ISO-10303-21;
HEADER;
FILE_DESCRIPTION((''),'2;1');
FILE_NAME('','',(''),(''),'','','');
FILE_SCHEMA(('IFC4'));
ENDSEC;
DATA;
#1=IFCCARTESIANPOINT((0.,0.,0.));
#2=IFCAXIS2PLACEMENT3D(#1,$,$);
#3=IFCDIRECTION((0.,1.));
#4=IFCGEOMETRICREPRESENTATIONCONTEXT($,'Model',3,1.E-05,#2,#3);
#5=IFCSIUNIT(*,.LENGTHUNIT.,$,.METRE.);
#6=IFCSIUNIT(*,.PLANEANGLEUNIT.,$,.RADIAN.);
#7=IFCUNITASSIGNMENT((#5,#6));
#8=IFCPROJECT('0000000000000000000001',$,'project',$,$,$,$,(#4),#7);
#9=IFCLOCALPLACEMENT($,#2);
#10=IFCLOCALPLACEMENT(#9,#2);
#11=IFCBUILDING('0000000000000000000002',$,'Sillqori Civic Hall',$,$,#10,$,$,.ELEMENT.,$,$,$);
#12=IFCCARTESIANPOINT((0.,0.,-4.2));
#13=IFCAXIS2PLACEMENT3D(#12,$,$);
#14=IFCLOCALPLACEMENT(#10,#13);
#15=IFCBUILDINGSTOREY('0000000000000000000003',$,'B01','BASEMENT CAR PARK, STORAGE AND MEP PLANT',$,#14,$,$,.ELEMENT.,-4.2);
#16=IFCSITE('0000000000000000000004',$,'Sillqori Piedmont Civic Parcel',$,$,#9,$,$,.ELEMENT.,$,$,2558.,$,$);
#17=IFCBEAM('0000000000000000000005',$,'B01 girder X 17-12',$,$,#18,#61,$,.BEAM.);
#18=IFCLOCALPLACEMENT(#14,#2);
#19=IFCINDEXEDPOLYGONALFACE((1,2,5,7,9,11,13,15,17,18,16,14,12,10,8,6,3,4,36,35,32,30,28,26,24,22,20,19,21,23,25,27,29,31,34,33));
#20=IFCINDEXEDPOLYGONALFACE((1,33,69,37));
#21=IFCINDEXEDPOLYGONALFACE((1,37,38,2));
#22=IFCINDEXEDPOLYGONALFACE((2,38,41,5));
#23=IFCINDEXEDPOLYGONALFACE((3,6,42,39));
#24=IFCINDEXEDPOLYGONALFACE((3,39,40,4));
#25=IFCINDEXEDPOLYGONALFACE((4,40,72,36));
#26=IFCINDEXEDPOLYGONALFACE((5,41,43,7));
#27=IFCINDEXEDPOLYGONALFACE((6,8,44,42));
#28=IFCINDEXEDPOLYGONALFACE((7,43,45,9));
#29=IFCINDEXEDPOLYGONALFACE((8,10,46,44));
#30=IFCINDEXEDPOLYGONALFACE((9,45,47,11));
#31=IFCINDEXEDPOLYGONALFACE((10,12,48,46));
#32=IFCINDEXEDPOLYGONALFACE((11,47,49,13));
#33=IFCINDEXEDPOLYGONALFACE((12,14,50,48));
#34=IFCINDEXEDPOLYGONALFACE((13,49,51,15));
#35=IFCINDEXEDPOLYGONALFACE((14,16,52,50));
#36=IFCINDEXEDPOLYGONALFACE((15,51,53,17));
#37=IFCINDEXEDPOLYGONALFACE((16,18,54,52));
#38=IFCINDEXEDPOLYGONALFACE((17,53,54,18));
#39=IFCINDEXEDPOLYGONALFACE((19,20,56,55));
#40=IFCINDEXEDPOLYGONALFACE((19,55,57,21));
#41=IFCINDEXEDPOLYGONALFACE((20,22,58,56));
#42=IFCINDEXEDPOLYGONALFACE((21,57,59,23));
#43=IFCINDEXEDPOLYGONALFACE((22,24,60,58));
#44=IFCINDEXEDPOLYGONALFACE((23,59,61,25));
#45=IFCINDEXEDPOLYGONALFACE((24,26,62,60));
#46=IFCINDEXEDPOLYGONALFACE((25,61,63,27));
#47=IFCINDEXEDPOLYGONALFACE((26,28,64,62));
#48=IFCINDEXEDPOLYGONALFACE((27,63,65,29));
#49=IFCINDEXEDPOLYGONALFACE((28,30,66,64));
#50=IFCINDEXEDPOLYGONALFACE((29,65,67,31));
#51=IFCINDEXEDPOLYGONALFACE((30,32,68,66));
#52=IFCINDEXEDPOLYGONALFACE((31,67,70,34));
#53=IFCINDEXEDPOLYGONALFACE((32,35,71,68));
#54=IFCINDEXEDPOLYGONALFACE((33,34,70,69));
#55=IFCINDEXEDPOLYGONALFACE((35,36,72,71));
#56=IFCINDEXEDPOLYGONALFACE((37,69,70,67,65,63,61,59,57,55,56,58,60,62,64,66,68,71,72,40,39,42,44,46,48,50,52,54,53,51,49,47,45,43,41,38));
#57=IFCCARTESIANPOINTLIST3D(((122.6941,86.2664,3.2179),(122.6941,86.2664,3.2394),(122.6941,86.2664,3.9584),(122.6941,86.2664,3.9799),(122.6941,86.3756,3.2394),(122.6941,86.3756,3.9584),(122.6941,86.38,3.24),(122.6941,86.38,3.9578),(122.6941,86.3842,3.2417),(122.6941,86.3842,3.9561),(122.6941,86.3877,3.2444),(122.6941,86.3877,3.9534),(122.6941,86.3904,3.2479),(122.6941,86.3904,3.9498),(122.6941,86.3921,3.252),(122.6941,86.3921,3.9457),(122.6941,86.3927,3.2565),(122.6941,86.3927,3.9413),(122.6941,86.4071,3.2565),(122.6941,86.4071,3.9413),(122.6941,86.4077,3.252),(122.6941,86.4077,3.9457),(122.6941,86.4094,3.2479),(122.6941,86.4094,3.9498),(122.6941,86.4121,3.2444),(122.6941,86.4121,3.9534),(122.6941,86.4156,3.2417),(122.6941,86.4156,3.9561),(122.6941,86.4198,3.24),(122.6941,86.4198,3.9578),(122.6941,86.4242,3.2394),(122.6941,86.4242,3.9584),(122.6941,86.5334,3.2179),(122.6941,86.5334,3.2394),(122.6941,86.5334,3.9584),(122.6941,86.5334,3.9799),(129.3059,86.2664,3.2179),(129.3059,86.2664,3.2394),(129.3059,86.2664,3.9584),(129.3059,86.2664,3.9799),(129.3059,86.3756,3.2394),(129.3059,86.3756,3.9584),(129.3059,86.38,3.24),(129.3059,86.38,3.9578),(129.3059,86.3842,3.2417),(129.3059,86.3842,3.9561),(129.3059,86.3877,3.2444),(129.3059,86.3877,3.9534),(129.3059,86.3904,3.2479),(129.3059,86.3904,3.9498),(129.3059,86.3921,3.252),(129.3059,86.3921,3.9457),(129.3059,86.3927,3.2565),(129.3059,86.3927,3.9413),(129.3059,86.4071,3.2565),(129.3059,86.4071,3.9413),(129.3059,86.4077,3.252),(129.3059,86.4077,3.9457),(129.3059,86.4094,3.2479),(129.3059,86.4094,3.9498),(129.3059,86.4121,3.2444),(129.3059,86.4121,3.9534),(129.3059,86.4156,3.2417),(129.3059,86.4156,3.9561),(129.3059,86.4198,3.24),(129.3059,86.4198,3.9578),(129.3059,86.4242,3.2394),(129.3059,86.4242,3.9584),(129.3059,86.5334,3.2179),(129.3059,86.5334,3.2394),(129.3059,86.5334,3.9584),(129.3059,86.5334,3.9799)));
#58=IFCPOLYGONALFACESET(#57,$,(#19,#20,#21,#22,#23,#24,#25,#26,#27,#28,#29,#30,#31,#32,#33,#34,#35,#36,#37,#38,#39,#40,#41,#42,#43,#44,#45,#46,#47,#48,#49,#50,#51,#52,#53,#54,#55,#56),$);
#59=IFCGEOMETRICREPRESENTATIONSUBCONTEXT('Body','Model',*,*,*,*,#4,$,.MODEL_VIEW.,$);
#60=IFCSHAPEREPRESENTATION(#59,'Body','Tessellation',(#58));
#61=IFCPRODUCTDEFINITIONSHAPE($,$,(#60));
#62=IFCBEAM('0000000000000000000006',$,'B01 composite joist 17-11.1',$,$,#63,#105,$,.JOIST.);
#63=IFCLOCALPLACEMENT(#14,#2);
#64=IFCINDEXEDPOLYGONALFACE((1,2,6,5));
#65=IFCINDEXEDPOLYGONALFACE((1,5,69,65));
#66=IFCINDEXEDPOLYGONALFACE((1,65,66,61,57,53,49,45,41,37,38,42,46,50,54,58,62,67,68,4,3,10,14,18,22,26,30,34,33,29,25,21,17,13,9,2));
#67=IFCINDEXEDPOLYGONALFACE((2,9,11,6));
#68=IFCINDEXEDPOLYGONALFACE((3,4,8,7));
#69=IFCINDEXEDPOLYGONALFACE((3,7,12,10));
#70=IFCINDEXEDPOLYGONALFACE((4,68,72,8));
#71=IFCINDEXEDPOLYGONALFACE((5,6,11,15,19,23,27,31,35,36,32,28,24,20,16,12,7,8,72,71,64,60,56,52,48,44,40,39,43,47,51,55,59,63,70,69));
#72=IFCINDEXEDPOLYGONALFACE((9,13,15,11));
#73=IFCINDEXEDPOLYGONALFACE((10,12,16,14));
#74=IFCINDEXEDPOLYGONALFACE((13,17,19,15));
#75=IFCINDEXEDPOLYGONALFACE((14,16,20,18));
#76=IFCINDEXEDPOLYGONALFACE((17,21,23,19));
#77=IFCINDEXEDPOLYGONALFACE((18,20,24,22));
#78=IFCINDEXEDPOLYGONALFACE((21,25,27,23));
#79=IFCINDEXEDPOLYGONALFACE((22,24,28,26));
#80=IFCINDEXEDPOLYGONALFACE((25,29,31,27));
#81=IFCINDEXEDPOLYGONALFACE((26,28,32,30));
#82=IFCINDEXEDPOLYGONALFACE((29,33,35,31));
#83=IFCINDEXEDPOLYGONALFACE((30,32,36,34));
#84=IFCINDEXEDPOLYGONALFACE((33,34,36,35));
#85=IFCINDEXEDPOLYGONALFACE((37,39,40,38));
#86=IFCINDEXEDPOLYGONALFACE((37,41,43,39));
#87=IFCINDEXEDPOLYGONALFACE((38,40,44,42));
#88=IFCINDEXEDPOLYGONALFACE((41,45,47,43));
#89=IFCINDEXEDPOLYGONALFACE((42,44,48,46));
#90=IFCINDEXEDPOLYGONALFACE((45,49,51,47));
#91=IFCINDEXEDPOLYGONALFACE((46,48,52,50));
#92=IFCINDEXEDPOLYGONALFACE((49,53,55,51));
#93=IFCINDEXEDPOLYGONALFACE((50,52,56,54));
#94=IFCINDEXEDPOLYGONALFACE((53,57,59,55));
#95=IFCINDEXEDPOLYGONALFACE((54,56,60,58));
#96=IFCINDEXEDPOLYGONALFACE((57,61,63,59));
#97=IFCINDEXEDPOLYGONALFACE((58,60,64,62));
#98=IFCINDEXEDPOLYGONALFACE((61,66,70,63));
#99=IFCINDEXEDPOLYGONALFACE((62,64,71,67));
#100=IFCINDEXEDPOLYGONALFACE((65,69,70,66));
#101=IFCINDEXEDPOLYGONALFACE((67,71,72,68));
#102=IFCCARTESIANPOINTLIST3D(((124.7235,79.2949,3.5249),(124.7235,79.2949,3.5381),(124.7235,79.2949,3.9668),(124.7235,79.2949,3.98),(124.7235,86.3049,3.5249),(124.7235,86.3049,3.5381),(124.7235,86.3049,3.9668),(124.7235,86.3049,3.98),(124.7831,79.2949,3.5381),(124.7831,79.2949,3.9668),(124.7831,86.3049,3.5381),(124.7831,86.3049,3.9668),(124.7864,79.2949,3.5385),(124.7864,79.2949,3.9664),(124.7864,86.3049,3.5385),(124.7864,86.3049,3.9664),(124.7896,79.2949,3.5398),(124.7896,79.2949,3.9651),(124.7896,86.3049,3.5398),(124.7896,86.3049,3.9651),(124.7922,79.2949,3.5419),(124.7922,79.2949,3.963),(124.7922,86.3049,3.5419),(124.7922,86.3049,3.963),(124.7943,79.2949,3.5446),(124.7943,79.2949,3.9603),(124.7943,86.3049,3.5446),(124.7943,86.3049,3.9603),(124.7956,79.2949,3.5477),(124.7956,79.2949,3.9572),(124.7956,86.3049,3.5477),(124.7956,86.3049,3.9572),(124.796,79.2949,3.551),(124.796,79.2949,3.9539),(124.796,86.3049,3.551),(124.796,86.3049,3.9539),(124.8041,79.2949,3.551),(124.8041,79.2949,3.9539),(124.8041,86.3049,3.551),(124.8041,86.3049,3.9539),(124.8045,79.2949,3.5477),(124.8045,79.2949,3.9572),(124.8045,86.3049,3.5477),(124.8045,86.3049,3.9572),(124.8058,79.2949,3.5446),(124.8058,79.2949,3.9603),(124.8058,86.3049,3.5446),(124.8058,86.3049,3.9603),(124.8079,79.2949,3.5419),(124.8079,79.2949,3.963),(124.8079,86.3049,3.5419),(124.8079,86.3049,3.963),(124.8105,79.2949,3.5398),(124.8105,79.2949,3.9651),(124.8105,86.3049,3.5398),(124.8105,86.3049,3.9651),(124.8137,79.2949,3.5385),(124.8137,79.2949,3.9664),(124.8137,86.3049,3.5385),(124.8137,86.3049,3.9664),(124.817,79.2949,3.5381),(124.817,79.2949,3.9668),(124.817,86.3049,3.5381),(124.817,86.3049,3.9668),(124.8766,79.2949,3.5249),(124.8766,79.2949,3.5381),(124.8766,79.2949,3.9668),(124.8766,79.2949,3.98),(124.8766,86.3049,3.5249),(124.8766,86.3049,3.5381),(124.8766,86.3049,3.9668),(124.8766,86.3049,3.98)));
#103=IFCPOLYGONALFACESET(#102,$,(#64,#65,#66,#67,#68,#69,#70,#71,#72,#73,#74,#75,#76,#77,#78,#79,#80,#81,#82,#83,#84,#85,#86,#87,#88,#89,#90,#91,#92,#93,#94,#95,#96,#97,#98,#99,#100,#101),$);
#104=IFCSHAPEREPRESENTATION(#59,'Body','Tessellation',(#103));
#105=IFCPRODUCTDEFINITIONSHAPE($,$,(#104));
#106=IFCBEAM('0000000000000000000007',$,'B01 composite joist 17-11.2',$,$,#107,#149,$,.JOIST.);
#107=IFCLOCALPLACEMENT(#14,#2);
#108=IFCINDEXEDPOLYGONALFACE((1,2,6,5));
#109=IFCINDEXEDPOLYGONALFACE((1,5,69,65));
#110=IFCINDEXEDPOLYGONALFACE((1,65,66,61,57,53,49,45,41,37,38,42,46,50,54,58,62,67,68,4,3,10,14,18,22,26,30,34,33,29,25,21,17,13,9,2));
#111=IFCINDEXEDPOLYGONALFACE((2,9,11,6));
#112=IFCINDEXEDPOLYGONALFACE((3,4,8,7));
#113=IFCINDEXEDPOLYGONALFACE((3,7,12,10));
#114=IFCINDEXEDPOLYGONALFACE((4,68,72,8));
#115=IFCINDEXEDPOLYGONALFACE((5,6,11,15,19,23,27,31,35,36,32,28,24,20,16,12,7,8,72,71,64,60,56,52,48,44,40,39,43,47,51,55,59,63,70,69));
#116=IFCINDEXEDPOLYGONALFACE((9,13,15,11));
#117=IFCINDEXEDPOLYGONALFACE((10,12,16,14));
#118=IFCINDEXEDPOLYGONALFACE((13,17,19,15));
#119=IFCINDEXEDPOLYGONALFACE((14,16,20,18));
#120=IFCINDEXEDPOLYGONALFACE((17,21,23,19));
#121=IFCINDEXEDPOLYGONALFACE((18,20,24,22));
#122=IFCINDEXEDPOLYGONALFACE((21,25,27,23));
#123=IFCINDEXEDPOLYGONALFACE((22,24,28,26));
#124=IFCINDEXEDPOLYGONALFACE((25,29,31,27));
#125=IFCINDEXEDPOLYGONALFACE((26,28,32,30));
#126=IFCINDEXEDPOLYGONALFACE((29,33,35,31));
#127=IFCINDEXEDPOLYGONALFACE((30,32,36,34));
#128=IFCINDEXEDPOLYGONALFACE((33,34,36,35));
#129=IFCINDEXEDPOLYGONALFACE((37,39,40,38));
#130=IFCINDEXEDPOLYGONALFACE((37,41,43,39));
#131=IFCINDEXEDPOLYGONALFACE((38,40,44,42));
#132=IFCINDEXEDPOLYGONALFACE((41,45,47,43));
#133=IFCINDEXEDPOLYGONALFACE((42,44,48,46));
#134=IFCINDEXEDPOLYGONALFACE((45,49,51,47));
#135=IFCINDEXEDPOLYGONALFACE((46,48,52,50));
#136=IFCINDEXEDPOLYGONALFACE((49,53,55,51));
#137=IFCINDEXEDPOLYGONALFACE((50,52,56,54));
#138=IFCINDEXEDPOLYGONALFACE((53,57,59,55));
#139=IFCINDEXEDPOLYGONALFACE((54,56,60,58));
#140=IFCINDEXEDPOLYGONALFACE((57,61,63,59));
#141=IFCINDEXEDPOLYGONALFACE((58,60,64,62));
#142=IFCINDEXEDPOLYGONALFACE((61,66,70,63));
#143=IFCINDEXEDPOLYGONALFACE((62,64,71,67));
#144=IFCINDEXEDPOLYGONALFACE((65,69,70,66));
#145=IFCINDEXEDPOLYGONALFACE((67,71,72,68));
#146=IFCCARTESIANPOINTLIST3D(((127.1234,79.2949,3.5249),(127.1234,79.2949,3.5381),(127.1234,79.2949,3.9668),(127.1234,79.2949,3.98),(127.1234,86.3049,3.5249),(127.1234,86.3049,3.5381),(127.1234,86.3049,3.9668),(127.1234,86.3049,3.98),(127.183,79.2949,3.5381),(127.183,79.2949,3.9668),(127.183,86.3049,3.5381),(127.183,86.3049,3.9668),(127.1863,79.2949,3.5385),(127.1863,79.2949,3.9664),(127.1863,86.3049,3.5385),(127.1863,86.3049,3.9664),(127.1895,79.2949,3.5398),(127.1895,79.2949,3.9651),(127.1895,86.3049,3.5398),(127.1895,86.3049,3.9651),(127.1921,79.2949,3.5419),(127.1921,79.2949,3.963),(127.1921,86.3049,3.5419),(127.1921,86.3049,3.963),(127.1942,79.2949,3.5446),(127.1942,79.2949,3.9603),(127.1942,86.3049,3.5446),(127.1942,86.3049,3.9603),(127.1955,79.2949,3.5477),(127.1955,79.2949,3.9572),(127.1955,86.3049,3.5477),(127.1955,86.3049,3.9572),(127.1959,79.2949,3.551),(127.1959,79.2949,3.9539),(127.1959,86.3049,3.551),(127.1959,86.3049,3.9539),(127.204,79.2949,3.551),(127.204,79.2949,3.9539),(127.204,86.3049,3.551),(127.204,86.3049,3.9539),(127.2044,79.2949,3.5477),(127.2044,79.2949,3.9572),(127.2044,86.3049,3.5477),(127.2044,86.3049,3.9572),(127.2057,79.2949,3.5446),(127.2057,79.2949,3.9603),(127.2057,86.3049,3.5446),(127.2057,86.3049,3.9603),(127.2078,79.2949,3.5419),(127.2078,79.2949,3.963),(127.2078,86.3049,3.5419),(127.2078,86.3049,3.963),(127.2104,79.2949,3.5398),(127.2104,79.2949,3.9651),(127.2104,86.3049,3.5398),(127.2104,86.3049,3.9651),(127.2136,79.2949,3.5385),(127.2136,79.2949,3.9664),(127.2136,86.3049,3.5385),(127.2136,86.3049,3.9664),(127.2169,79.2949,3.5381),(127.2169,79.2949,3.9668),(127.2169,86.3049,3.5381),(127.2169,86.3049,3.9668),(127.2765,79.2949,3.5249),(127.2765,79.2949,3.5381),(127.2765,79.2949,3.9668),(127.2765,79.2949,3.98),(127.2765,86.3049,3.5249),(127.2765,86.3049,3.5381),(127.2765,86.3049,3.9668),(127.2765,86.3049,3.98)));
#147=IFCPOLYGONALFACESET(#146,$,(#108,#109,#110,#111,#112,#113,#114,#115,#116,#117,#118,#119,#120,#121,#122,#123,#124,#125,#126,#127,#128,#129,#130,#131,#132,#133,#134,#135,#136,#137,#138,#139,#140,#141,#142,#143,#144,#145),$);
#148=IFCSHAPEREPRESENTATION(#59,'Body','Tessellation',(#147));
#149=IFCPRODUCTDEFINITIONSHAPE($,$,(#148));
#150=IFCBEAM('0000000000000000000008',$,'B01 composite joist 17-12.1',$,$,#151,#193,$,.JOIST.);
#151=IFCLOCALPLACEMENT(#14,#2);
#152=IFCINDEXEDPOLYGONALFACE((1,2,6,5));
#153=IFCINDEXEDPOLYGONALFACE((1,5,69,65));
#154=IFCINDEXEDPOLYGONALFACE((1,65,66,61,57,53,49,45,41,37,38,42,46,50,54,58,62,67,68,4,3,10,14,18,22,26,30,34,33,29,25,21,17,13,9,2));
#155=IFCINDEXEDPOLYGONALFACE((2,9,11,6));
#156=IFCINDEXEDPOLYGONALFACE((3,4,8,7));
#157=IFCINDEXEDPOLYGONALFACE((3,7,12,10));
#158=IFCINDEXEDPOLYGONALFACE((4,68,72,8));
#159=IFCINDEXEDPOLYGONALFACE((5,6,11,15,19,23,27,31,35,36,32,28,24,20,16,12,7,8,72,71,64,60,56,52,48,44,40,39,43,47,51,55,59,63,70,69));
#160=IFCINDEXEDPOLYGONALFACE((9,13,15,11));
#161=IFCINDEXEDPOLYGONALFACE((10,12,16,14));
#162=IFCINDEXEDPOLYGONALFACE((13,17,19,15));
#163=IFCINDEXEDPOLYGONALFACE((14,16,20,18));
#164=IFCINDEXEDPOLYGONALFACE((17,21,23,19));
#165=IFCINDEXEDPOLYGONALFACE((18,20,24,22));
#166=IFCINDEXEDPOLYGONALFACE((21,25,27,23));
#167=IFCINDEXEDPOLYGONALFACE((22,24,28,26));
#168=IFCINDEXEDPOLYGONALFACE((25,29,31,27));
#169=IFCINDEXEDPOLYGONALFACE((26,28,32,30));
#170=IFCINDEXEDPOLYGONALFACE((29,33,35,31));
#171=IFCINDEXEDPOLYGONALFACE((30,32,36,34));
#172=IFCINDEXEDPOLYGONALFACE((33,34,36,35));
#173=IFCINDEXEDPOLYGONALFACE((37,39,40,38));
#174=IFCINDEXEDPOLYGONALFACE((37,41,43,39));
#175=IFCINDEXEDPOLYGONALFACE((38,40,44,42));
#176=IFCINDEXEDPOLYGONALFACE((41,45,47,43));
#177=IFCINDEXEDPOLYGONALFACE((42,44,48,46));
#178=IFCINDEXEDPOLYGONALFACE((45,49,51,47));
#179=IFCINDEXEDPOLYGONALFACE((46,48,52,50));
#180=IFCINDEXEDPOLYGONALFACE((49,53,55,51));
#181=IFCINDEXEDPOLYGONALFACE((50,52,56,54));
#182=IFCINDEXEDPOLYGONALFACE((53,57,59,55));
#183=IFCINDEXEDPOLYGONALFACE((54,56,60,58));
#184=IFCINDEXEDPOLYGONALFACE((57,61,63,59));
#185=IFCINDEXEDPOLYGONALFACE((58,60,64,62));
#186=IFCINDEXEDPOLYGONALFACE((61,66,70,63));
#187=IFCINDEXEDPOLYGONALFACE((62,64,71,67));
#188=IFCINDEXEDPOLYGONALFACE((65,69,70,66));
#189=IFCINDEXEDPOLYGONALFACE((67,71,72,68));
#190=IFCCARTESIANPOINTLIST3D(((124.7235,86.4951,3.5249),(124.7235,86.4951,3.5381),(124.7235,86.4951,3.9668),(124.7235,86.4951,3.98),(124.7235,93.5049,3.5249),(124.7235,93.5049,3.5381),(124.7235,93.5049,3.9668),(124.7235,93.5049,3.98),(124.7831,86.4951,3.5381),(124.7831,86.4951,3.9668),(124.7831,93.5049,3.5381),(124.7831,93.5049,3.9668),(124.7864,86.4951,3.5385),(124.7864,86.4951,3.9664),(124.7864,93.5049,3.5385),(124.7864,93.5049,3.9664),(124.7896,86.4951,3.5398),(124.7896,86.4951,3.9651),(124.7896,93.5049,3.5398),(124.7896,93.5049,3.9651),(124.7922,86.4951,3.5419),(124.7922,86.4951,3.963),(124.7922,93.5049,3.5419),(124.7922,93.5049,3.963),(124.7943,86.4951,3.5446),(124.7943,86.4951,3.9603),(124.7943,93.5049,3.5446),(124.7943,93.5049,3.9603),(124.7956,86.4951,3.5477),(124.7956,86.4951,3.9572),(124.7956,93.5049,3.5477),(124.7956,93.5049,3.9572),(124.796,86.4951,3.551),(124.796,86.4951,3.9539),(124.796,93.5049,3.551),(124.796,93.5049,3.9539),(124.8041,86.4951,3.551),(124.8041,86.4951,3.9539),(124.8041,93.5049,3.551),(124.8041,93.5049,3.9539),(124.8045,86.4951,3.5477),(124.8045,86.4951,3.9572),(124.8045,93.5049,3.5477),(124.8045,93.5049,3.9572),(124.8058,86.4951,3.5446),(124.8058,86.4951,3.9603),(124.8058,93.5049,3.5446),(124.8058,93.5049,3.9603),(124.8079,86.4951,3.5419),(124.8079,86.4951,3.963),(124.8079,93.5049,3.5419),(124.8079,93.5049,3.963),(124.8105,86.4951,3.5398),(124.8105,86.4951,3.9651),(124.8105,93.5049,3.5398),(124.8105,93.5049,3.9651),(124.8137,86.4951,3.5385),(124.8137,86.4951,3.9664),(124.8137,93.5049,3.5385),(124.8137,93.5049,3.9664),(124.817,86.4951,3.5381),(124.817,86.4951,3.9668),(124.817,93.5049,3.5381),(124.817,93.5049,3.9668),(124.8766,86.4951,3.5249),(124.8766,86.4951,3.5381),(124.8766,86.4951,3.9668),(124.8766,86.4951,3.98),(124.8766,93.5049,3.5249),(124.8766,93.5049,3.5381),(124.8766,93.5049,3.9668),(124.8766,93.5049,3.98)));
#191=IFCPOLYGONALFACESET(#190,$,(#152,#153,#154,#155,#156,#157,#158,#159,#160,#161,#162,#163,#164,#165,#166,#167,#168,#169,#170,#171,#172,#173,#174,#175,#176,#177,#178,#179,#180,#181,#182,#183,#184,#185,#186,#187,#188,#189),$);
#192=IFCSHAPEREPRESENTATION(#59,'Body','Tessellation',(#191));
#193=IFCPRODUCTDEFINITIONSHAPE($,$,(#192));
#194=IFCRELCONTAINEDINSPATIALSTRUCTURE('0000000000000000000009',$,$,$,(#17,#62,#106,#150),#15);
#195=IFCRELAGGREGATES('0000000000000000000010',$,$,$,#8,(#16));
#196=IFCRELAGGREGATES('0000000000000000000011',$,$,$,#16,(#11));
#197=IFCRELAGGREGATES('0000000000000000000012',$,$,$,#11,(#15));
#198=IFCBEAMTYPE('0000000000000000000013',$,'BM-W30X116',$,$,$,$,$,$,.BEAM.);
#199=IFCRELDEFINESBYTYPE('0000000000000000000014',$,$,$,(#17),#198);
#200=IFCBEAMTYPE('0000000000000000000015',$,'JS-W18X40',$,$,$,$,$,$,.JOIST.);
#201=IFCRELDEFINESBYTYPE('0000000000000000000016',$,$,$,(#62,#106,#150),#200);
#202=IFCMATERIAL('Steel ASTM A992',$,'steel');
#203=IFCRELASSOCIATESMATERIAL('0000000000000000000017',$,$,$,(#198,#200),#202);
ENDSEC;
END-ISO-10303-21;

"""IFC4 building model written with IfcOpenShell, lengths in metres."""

from ifc_helpers import new_model, si_unit, direction, frame, origin, origin_2d, place, context, subcontext, project, spatial, i_section, extrude, material, material_profile, profile_set, type_object, element, save


model = new_model("IFC4")

# Units and contexts
model_context = context("Model", 3, precision=1e-05, world=origin(), true_north=direction((0.0, 1.0)))
body_context = subcontext(model_context, "Body", "Model", "MODEL_VIEW")
ifc_project = project(units=[si_unit("LENGTHUNIT", "METRE"), si_unit("PLANEANGLEUNIT", "RADIAN")], contexts=[model_context])

# Site, building, storey
site_placement = place(None, origin())
site = spatial("IfcSite", under=ifc_project, at=site_placement, Name="Sillqori Piedmont Civic Parcel", CompositionType="ELEMENT", RefElevation=2558.0)
building_placement = place(site_placement, origin())
building = spatial("IfcBuilding", under=site, at=building_placement, Name="Sillqori Civic Hall", CompositionType="ELEMENT")
storey_placement = place(building_placement, frame((0.0, 0.0, -4.2)))
storey = spatial("IfcBuildingStorey", under=building, at=storey_placement, Name="B01", Description="BASEMENT CAR PARK, STORAGE AND MEP PLANT", CompositionType="ELEMENT", Elevation=-4.2)

# Beams
ifc_material_1 = material(Name="Steel ASTM A992", Category="steel")
ifc_material_profile_1 = material_profile(ifc_material_1, i_section(OverallWidth=0.2671, OverallDepth=0.762, WebThickness=0.0144, FlangeThickness=0.0215, FilletRadius=0.0171, at=origin_2d()), Name="W30X116")
ifc_profile_set_1 = profile_set([ifc_material_profile_1], Name="Steel ASTM A992")
beam_type_1 = type_object("IfcBeamType", Name="BM-W30X116", PredefinedType="BEAM", material=ifc_profile_set_1)
for number, where, z_axis, x_axis, name in (
    (1, (122.6941, 86.3999, 3.5989), (1.0, 0.0, 0.0), (0.0, 1.0, 0.0), "B01 girder X 17-12"),
):
    element("IfcBeam", number, at=place(storey_placement, frame(where, z_axis=z_axis, x_axis=x_axis)), inside=storey, type_object=beam_type_1, Name=name, PredefinedType="BEAM", context=body_context, shape_type="SweptSolid", body=[
        extrude(i_section(OverallWidth=0.2671, OverallDepth=0.762, WebThickness=0.0144, FlangeThickness=0.0215, FilletRadius=0.0171, at=origin_2d()), origin(), (0.0, 0.0, 1.0), 6.6118),
    ])
ifc_material_profile_2 = material_profile(ifc_material_1, i_section(OverallWidth=0.1531, OverallDepth=0.4551, WebThickness=0.0081, FlangeThickness=0.0132, FilletRadius=0.0129, at=origin_2d()), Name="W18X40")
ifc_profile_set_2 = profile_set([ifc_material_profile_2], Name="Steel ASTM A992")
beam_type_2 = type_object("IfcBeamType", Name="JS-W18X40", PredefinedType="JOIST", material=ifc_profile_set_2)
for number, where, z_axis, x_axis, name in (
    (2, (124.8, 79.2949, 3.7524), (0.0, 1.0, 0.0), (-1.0, 0.0, 0.0), "B01 composite joist 17-11.1"),
    (3, (127.2, 79.2949, 3.7524), (0.0, 1.0, 0.0), (-1.0, 0.0, 0.0), "B01 composite joist 17-11.2"),
):
    element("IfcBeam", number, at=place(storey_placement, frame(where, z_axis=z_axis, x_axis=x_axis)), inside=storey, type_object=beam_type_2, Name=name, PredefinedType="JOIST", context=body_context, shape_type="SweptSolid", body=[
        extrude(i_section(OverallWidth=0.1531, OverallDepth=0.4551, WebThickness=0.0081, FlangeThickness=0.0132, FilletRadius=0.0129, at=origin_2d()), origin(), (0.0, 0.0, 1.0), 7.01),
    ])
for number, where, z_axis, x_axis, name in (
    (4, (124.8, 86.4951, 3.7524), (0.0, 1.0, 0.0), (-1.0, 0.0, 0.0), "B01 composite joist 17-12.1"),
):
    element("IfcBeam", number, at=place(storey_placement, frame(where, z_axis=z_axis, x_axis=x_axis)), inside=storey, type_object=beam_type_2, Name=name, PredefinedType="JOIST", context=body_context, shape_type="SweptSolid", body=[
        extrude(i_section(OverallWidth=0.1531, OverallDepth=0.4551, WebThickness=0.0081, FlangeThickness=0.0132, FilletRadius=0.0129, at=origin_2d()), origin(), (0.0, 0.0, 1.0), 7.0098),
    ])

save(model, "model.ifc")
